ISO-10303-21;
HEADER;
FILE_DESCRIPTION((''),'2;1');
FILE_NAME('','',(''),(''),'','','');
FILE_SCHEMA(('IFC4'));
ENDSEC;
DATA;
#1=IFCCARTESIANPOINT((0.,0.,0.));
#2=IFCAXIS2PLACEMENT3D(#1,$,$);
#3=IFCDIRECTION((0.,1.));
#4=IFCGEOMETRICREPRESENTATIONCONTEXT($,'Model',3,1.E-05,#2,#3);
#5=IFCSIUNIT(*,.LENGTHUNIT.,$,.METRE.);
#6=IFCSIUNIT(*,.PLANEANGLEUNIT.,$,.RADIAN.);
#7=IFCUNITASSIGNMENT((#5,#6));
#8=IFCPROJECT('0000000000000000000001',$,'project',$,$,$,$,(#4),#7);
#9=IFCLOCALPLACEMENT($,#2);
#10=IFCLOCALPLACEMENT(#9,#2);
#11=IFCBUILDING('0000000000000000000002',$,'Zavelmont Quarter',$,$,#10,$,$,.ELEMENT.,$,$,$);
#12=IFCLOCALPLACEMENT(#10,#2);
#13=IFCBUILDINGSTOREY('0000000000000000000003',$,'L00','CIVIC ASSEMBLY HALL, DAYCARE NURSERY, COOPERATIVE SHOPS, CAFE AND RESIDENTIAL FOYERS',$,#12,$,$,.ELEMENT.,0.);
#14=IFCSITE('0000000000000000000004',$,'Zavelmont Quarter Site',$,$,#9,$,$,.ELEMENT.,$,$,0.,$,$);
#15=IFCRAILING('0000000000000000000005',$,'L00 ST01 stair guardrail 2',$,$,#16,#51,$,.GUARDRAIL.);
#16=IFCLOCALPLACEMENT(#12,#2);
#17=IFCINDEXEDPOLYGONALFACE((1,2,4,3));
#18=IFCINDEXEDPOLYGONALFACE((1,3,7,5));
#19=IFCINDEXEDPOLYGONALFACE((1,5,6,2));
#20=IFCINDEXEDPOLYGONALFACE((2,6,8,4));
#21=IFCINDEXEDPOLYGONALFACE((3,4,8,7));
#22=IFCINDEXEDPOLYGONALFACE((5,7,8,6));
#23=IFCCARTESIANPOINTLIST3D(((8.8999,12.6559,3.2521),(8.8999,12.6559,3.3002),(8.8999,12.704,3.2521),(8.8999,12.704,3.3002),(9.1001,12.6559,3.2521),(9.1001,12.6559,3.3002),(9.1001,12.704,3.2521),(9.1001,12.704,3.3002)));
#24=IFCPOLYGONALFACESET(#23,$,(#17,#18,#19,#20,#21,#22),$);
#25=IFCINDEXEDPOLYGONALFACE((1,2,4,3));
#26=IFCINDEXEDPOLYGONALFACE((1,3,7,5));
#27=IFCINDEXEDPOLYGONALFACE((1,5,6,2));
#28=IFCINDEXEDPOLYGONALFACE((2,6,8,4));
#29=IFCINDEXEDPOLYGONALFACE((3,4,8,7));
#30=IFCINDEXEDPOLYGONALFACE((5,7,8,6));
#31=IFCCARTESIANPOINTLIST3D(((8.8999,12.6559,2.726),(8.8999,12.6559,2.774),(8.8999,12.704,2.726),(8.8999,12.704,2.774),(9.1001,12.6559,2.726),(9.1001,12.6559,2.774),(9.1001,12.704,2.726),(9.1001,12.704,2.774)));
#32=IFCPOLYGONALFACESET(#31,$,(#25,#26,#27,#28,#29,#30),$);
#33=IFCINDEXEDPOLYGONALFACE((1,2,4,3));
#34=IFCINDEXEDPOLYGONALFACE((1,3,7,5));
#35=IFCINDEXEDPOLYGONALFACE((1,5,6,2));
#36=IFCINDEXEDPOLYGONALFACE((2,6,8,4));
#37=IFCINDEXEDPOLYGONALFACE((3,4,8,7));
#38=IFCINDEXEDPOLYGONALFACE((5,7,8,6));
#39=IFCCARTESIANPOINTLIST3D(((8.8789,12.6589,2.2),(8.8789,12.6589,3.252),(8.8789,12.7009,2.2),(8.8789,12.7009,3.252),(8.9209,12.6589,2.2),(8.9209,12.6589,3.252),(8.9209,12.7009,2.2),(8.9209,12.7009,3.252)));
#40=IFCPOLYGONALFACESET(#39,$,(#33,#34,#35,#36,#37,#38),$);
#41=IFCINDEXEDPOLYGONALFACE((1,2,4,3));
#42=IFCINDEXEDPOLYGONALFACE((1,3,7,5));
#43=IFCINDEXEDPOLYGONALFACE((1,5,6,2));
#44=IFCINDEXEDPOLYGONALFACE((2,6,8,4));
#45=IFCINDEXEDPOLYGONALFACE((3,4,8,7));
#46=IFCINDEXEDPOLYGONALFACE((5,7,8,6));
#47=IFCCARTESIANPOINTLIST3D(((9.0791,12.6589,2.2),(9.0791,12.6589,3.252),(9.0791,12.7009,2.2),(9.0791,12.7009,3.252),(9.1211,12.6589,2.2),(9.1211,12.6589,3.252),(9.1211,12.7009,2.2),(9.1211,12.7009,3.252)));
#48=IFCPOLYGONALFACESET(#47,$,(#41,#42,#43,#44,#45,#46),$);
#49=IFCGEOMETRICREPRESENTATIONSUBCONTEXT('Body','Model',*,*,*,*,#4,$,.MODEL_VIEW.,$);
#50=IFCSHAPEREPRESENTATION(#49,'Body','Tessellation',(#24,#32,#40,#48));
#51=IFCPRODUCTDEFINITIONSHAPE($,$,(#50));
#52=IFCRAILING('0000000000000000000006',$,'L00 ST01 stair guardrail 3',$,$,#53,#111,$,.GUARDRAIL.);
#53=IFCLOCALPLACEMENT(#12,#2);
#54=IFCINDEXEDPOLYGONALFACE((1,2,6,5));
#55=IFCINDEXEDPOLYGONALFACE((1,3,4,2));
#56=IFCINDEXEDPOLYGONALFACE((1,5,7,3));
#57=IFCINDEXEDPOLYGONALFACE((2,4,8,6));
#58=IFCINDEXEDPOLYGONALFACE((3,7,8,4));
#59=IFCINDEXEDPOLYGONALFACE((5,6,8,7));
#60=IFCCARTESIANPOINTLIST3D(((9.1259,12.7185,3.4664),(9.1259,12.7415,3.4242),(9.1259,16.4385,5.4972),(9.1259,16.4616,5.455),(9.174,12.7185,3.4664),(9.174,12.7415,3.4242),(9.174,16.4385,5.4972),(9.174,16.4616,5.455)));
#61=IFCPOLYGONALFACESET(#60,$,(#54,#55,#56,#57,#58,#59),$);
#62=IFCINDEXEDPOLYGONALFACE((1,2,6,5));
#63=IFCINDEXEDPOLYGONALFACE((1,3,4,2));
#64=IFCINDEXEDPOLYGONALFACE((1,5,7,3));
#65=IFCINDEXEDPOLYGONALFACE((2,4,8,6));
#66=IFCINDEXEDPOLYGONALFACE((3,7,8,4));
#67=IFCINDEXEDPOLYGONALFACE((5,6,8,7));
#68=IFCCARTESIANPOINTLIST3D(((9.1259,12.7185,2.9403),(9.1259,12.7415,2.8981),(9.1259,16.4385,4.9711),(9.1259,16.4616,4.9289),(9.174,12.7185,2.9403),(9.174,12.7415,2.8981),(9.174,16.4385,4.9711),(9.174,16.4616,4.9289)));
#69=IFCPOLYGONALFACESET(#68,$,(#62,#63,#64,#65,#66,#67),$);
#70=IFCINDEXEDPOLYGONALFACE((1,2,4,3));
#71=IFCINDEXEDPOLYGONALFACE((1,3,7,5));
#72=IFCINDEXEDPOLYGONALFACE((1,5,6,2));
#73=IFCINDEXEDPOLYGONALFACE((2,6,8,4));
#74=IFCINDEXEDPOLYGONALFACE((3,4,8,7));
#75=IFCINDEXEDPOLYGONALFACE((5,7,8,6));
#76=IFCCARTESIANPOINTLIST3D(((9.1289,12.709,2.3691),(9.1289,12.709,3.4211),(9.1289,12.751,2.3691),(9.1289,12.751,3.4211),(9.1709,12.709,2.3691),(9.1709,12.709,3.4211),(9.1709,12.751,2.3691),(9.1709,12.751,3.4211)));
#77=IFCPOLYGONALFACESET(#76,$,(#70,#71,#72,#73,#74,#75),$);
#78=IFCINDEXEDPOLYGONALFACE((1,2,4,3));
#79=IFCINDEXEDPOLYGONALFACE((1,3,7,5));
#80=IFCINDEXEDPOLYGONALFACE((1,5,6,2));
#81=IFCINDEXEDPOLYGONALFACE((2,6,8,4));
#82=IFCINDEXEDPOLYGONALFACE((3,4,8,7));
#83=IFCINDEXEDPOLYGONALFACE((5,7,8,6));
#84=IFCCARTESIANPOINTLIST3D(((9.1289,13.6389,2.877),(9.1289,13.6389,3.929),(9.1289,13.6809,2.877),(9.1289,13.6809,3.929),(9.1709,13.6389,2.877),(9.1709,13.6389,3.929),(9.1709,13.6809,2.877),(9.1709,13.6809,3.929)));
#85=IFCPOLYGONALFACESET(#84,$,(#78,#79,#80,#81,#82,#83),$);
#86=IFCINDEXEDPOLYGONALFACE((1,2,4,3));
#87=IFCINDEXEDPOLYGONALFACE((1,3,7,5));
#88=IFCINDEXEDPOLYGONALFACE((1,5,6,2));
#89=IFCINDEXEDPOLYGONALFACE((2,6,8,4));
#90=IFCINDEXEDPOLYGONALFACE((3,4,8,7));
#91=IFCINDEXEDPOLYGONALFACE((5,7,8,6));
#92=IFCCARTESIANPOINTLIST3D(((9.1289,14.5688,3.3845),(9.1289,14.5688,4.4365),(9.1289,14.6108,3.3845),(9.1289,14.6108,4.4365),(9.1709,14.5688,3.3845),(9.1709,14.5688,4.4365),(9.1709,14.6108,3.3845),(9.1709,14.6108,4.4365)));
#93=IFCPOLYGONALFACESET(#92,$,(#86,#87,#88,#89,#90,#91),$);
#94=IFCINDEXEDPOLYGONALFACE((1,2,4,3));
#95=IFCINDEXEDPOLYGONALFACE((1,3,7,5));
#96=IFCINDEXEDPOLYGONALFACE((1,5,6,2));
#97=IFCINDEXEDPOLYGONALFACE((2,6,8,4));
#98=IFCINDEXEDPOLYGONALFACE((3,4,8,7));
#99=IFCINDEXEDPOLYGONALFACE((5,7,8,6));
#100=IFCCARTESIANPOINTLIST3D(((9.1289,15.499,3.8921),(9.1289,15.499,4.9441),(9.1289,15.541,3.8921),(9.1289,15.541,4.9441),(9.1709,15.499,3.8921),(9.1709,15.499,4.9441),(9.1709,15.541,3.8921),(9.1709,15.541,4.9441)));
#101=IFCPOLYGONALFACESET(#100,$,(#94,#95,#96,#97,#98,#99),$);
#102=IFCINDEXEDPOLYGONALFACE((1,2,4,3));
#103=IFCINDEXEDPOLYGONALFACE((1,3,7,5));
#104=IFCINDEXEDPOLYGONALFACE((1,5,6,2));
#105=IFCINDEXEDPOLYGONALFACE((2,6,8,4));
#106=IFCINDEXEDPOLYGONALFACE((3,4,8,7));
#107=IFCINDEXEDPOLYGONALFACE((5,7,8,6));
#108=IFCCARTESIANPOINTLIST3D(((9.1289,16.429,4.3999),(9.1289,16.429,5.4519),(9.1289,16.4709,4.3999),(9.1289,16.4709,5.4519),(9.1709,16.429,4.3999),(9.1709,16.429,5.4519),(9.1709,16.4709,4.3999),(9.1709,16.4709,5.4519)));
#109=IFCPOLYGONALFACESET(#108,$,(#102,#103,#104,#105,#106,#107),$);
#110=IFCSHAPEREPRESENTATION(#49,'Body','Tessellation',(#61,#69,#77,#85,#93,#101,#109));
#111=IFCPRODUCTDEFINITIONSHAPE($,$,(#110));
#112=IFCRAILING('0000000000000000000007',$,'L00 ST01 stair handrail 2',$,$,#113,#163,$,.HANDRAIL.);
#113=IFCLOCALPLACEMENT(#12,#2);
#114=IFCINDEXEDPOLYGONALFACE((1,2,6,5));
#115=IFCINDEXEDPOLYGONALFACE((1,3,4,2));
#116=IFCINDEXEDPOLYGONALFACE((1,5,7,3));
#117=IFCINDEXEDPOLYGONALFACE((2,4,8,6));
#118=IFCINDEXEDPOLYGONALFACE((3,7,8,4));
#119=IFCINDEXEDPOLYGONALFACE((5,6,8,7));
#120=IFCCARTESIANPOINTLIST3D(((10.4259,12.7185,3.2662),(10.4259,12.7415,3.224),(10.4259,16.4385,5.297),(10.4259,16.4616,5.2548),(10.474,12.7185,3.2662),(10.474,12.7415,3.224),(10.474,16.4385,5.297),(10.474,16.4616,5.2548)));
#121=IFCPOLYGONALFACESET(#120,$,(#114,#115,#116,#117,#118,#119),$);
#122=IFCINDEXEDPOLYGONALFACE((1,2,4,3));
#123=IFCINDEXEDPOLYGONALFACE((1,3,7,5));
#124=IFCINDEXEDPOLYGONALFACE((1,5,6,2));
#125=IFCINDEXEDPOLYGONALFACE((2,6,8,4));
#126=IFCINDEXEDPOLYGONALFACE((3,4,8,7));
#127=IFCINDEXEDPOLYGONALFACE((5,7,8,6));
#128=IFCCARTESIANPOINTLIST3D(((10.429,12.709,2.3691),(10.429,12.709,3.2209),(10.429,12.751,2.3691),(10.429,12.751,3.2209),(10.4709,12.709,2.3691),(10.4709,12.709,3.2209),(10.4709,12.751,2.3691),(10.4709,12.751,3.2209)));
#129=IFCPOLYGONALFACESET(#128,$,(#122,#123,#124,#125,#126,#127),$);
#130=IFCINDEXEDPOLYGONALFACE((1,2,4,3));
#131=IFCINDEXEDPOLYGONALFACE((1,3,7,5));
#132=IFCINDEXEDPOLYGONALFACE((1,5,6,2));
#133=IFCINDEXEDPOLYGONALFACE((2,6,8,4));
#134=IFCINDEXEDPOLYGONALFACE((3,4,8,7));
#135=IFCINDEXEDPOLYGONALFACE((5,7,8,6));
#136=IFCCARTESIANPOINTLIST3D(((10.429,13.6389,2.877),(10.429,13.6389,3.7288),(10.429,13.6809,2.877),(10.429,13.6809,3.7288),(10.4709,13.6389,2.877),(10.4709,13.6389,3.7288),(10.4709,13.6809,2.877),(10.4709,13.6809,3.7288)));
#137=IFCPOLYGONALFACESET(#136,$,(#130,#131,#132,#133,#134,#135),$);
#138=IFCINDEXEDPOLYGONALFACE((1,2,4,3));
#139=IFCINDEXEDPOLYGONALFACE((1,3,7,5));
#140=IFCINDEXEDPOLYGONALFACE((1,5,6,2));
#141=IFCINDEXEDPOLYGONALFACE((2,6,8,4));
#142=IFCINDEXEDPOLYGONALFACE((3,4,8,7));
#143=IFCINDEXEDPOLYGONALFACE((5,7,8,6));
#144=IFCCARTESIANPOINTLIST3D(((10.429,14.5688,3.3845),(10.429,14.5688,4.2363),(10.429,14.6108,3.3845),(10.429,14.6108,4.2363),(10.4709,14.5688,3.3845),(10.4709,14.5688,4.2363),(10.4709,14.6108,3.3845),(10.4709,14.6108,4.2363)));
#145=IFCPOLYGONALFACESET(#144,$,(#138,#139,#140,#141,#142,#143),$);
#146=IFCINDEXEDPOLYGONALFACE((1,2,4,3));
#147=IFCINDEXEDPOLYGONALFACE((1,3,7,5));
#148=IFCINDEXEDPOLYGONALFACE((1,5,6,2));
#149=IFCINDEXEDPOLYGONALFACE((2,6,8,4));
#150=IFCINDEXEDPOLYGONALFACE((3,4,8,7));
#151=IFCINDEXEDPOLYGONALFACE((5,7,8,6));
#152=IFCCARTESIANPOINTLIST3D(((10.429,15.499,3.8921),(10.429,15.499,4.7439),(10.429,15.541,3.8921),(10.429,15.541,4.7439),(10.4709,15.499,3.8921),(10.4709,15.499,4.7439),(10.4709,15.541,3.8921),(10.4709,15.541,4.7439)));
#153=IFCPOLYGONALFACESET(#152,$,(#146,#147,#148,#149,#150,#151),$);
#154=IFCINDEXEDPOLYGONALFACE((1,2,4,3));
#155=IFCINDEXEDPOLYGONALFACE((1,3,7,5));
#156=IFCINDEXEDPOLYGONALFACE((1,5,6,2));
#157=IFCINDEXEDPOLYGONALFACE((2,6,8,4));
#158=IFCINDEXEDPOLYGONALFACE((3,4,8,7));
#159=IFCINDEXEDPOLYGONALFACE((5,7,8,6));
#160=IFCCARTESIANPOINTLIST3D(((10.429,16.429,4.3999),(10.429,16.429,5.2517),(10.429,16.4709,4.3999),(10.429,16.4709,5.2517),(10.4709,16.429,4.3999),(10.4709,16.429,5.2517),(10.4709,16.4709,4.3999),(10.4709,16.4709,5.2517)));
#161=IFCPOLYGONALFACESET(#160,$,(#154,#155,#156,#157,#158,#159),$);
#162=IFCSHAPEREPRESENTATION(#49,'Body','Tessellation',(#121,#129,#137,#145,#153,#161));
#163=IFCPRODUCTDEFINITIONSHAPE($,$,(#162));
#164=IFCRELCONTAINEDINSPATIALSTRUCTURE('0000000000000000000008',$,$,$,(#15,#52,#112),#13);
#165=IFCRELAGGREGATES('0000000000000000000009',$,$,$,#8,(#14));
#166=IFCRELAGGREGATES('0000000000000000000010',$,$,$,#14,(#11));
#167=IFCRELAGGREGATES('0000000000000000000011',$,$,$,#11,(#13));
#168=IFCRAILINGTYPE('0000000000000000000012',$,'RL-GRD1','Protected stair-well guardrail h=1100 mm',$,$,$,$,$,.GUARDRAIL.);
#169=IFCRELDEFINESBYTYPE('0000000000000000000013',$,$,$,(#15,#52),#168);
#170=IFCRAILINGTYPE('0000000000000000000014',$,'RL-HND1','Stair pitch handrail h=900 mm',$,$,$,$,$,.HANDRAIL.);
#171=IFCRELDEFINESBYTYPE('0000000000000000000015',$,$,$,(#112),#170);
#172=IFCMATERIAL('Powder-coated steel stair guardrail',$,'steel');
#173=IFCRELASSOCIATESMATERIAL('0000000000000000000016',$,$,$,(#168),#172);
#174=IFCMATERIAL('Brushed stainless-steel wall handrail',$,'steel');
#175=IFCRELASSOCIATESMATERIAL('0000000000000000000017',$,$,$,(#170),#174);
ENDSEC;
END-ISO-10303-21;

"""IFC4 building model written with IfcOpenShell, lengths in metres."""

from ifc_helpers import new_model, si_unit, direction, frame, origin, origin_2d, place, context, subcontext, project, spatial, rectangle, extrude, material, type_object, element, save


model = new_model("IFC4")

# Units and contexts
model_context = context("Model", 3, precision=1e-05, world=origin(), true_north=direction((0.0, 1.0)))
body_context = subcontext(model_context, "Body", "Model", "MODEL_VIEW")
ifc_project = project(units=[si_unit("LENGTHUNIT", "METRE"), si_unit("PLANEANGLEUNIT", "RADIAN")], contexts=[model_context])

# Site, building, storey
site_placement = place(None, origin())
site = spatial("IfcSite", under=ifc_project, at=site_placement, Name="Zavelmont Quarter Site", CompositionType="ELEMENT", RefElevation=0.0)
building_placement = place(site_placement, origin())
building = spatial("IfcBuilding", under=site, at=building_placement, Name="Zavelmont Quarter", CompositionType="ELEMENT")
storey_placement = place(building_placement, origin())
storey = spatial("IfcBuildingStorey", under=building, at=storey_placement, Name="L00", Description="CIVIC ASSEMBLY HALL, DAYCARE NURSERY, COOPERATIVE SHOPS, CAFE AND RESIDENTIAL FOYERS", CompositionType="ELEMENT", Elevation=0.0)

# Railings
ifc_material_1 = material(Name="Powder-coated steel stair guardrail", Category="steel")
railing_type_1 = type_object("IfcRailingType", Name="RL-GRD1", Description="Protected stair-well guardrail h=1100 mm", PredefinedType="GUARDRAIL", material=ifc_material_1)
railing_1_placement = place(storey_placement, frame((8.8999, 12.6799, 2.2)))
element("IfcRailing", 1, at=railing_1_placement, inside=storey, type_object=railing_type_1, Name="L00 ST01 stair guardrail 2", PredefinedType="GUARDRAIL", context=body_context, shape_type="SweptSolid", body=[
    extrude(rectangle(XDim=0.0481, YDim=0.0481, at=origin_2d()), frame((0.0, 0.0, 1.0762), z_axis=(1.0, 0.0, 0.0), x_axis=(0.0, 1.0, 0.0)), (0.0, 0.0, 1.0), 0.2002),
    extrude(rectangle(XDim=0.0481, YDim=0.0481, at=origin_2d()), frame((0.0, 0.0, 0.55), z_axis=(1.0, 0.0, 0.0), x_axis=(0.0, 1.0, 0.0)), (0.0, 0.0, 1.0), 0.2002),
    extrude(rectangle(XDim=0.042, YDim=0.042, at=origin_2d()), origin(), (0.0, 0.0, 1.0), 1.052),
    extrude(rectangle(XDim=0.042, YDim=0.042, at=origin_2d()), frame((0.2002, 0.0, 0.0)), (0.0, 0.0, 1.0), 1.052),
])
railing_2_placement = place(storey_placement, frame((9.1499, 12.73, 2.3691)))
element("IfcRailing", 2, at=railing_2_placement, inside=storey, type_object=railing_type_1, Name="L00 ST01 stair guardrail 3", PredefinedType="GUARDRAIL", context=body_context, shape_type="SweptSolid", body=[
    extrude(rectangle(XDim=0.0481, YDim=0.0481, at=origin_2d()), frame((0.0, 0.0, 1.0762), z_axis=(0.0, 0.877728, 0.479159), x_axis=(-1.0, 0.0, 0.0)), (0.0, 0.0, 1.0), 4.2383),
    extrude(rectangle(XDim=0.0481, YDim=0.0481, at=origin_2d()), frame((0.0, 0.0, 0.55), z_axis=(0.0, 0.877728, 0.479159), x_axis=(-1.0, 0.0, 0.0)), (0.0, 0.0, 1.0), 4.2383),
    extrude(rectangle(XDim=0.042, YDim=0.042, at=origin_2d()), origin(), (0.0, 0.0, 1.0), 1.052),
    extrude(rectangle(XDim=0.042, YDim=0.042, at=origin_2d()), frame((0.0, 0.9299, 0.5078)), (0.0, 0.0, 1.0), 1.052),
    extrude(rectangle(XDim=0.042, YDim=0.042, at=origin_2d()), frame((0.0, 1.8599, 1.0154)), (0.0, 0.0, 1.0), 1.052),
    extrude(rectangle(XDim=0.042, YDim=0.042, at=origin_2d()), frame((0.0, 2.79, 1.5229)), (0.0, 0.0, 1.0), 1.052),
    extrude(rectangle(XDim=0.042, YDim=0.042, at=origin_2d()), frame((0.0, 3.72, 2.0308)), (0.0, 0.0, 1.0), 1.052),
])
ifc_material_2 = material(Name="Brushed stainless-steel wall handrail", Category="steel")
railing_type_2 = type_object("IfcRailingType", Name="RL-HND1", Description="Stair pitch handrail h=900 mm", PredefinedType="HANDRAIL", material=ifc_material_2)
railing_3_placement = place(storey_placement, frame((10.45, 12.73, 2.3691)))
element("IfcRailing", 3, at=railing_3_placement, inside=storey, type_object=railing_type_2, Name="L00 ST01 stair handrail 2", PredefinedType="HANDRAIL", context=body_context, shape_type="SweptSolid", body=[
    extrude(rectangle(XDim=0.0481, YDim=0.0481, at=origin_2d()), frame((0.0, 0.0, 0.876), z_axis=(0.0, 0.877728, 0.479159), x_axis=(-1.0, 0.0, 0.0)), (0.0, 0.0, 1.0), 4.2383),
    extrude(rectangle(XDim=0.042, YDim=0.042, at=origin_2d()), origin(), (0.0, 0.0, 1.0), 0.8518),
    extrude(rectangle(XDim=0.042, YDim=0.042, at=origin_2d()), frame((0.0, 0.9299, 0.5078)), (0.0, 0.0, 1.0), 0.8518),
    extrude(rectangle(XDim=0.042, YDim=0.042, at=origin_2d()), frame((0.0, 1.8599, 1.0154)), (0.0, 0.0, 1.0), 0.8518),
    extrude(rectangle(XDim=0.042, YDim=0.042, at=origin_2d()), frame((0.0, 2.79, 1.5229)), (0.0, 0.0, 1.0), 0.8518),
    extrude(rectangle(XDim=0.042, YDim=0.042, at=origin_2d()), frame((0.0, 3.72, 2.0308)), (0.0, 0.0, 1.0), 0.8518),
])

save(model, "model.ifc")
